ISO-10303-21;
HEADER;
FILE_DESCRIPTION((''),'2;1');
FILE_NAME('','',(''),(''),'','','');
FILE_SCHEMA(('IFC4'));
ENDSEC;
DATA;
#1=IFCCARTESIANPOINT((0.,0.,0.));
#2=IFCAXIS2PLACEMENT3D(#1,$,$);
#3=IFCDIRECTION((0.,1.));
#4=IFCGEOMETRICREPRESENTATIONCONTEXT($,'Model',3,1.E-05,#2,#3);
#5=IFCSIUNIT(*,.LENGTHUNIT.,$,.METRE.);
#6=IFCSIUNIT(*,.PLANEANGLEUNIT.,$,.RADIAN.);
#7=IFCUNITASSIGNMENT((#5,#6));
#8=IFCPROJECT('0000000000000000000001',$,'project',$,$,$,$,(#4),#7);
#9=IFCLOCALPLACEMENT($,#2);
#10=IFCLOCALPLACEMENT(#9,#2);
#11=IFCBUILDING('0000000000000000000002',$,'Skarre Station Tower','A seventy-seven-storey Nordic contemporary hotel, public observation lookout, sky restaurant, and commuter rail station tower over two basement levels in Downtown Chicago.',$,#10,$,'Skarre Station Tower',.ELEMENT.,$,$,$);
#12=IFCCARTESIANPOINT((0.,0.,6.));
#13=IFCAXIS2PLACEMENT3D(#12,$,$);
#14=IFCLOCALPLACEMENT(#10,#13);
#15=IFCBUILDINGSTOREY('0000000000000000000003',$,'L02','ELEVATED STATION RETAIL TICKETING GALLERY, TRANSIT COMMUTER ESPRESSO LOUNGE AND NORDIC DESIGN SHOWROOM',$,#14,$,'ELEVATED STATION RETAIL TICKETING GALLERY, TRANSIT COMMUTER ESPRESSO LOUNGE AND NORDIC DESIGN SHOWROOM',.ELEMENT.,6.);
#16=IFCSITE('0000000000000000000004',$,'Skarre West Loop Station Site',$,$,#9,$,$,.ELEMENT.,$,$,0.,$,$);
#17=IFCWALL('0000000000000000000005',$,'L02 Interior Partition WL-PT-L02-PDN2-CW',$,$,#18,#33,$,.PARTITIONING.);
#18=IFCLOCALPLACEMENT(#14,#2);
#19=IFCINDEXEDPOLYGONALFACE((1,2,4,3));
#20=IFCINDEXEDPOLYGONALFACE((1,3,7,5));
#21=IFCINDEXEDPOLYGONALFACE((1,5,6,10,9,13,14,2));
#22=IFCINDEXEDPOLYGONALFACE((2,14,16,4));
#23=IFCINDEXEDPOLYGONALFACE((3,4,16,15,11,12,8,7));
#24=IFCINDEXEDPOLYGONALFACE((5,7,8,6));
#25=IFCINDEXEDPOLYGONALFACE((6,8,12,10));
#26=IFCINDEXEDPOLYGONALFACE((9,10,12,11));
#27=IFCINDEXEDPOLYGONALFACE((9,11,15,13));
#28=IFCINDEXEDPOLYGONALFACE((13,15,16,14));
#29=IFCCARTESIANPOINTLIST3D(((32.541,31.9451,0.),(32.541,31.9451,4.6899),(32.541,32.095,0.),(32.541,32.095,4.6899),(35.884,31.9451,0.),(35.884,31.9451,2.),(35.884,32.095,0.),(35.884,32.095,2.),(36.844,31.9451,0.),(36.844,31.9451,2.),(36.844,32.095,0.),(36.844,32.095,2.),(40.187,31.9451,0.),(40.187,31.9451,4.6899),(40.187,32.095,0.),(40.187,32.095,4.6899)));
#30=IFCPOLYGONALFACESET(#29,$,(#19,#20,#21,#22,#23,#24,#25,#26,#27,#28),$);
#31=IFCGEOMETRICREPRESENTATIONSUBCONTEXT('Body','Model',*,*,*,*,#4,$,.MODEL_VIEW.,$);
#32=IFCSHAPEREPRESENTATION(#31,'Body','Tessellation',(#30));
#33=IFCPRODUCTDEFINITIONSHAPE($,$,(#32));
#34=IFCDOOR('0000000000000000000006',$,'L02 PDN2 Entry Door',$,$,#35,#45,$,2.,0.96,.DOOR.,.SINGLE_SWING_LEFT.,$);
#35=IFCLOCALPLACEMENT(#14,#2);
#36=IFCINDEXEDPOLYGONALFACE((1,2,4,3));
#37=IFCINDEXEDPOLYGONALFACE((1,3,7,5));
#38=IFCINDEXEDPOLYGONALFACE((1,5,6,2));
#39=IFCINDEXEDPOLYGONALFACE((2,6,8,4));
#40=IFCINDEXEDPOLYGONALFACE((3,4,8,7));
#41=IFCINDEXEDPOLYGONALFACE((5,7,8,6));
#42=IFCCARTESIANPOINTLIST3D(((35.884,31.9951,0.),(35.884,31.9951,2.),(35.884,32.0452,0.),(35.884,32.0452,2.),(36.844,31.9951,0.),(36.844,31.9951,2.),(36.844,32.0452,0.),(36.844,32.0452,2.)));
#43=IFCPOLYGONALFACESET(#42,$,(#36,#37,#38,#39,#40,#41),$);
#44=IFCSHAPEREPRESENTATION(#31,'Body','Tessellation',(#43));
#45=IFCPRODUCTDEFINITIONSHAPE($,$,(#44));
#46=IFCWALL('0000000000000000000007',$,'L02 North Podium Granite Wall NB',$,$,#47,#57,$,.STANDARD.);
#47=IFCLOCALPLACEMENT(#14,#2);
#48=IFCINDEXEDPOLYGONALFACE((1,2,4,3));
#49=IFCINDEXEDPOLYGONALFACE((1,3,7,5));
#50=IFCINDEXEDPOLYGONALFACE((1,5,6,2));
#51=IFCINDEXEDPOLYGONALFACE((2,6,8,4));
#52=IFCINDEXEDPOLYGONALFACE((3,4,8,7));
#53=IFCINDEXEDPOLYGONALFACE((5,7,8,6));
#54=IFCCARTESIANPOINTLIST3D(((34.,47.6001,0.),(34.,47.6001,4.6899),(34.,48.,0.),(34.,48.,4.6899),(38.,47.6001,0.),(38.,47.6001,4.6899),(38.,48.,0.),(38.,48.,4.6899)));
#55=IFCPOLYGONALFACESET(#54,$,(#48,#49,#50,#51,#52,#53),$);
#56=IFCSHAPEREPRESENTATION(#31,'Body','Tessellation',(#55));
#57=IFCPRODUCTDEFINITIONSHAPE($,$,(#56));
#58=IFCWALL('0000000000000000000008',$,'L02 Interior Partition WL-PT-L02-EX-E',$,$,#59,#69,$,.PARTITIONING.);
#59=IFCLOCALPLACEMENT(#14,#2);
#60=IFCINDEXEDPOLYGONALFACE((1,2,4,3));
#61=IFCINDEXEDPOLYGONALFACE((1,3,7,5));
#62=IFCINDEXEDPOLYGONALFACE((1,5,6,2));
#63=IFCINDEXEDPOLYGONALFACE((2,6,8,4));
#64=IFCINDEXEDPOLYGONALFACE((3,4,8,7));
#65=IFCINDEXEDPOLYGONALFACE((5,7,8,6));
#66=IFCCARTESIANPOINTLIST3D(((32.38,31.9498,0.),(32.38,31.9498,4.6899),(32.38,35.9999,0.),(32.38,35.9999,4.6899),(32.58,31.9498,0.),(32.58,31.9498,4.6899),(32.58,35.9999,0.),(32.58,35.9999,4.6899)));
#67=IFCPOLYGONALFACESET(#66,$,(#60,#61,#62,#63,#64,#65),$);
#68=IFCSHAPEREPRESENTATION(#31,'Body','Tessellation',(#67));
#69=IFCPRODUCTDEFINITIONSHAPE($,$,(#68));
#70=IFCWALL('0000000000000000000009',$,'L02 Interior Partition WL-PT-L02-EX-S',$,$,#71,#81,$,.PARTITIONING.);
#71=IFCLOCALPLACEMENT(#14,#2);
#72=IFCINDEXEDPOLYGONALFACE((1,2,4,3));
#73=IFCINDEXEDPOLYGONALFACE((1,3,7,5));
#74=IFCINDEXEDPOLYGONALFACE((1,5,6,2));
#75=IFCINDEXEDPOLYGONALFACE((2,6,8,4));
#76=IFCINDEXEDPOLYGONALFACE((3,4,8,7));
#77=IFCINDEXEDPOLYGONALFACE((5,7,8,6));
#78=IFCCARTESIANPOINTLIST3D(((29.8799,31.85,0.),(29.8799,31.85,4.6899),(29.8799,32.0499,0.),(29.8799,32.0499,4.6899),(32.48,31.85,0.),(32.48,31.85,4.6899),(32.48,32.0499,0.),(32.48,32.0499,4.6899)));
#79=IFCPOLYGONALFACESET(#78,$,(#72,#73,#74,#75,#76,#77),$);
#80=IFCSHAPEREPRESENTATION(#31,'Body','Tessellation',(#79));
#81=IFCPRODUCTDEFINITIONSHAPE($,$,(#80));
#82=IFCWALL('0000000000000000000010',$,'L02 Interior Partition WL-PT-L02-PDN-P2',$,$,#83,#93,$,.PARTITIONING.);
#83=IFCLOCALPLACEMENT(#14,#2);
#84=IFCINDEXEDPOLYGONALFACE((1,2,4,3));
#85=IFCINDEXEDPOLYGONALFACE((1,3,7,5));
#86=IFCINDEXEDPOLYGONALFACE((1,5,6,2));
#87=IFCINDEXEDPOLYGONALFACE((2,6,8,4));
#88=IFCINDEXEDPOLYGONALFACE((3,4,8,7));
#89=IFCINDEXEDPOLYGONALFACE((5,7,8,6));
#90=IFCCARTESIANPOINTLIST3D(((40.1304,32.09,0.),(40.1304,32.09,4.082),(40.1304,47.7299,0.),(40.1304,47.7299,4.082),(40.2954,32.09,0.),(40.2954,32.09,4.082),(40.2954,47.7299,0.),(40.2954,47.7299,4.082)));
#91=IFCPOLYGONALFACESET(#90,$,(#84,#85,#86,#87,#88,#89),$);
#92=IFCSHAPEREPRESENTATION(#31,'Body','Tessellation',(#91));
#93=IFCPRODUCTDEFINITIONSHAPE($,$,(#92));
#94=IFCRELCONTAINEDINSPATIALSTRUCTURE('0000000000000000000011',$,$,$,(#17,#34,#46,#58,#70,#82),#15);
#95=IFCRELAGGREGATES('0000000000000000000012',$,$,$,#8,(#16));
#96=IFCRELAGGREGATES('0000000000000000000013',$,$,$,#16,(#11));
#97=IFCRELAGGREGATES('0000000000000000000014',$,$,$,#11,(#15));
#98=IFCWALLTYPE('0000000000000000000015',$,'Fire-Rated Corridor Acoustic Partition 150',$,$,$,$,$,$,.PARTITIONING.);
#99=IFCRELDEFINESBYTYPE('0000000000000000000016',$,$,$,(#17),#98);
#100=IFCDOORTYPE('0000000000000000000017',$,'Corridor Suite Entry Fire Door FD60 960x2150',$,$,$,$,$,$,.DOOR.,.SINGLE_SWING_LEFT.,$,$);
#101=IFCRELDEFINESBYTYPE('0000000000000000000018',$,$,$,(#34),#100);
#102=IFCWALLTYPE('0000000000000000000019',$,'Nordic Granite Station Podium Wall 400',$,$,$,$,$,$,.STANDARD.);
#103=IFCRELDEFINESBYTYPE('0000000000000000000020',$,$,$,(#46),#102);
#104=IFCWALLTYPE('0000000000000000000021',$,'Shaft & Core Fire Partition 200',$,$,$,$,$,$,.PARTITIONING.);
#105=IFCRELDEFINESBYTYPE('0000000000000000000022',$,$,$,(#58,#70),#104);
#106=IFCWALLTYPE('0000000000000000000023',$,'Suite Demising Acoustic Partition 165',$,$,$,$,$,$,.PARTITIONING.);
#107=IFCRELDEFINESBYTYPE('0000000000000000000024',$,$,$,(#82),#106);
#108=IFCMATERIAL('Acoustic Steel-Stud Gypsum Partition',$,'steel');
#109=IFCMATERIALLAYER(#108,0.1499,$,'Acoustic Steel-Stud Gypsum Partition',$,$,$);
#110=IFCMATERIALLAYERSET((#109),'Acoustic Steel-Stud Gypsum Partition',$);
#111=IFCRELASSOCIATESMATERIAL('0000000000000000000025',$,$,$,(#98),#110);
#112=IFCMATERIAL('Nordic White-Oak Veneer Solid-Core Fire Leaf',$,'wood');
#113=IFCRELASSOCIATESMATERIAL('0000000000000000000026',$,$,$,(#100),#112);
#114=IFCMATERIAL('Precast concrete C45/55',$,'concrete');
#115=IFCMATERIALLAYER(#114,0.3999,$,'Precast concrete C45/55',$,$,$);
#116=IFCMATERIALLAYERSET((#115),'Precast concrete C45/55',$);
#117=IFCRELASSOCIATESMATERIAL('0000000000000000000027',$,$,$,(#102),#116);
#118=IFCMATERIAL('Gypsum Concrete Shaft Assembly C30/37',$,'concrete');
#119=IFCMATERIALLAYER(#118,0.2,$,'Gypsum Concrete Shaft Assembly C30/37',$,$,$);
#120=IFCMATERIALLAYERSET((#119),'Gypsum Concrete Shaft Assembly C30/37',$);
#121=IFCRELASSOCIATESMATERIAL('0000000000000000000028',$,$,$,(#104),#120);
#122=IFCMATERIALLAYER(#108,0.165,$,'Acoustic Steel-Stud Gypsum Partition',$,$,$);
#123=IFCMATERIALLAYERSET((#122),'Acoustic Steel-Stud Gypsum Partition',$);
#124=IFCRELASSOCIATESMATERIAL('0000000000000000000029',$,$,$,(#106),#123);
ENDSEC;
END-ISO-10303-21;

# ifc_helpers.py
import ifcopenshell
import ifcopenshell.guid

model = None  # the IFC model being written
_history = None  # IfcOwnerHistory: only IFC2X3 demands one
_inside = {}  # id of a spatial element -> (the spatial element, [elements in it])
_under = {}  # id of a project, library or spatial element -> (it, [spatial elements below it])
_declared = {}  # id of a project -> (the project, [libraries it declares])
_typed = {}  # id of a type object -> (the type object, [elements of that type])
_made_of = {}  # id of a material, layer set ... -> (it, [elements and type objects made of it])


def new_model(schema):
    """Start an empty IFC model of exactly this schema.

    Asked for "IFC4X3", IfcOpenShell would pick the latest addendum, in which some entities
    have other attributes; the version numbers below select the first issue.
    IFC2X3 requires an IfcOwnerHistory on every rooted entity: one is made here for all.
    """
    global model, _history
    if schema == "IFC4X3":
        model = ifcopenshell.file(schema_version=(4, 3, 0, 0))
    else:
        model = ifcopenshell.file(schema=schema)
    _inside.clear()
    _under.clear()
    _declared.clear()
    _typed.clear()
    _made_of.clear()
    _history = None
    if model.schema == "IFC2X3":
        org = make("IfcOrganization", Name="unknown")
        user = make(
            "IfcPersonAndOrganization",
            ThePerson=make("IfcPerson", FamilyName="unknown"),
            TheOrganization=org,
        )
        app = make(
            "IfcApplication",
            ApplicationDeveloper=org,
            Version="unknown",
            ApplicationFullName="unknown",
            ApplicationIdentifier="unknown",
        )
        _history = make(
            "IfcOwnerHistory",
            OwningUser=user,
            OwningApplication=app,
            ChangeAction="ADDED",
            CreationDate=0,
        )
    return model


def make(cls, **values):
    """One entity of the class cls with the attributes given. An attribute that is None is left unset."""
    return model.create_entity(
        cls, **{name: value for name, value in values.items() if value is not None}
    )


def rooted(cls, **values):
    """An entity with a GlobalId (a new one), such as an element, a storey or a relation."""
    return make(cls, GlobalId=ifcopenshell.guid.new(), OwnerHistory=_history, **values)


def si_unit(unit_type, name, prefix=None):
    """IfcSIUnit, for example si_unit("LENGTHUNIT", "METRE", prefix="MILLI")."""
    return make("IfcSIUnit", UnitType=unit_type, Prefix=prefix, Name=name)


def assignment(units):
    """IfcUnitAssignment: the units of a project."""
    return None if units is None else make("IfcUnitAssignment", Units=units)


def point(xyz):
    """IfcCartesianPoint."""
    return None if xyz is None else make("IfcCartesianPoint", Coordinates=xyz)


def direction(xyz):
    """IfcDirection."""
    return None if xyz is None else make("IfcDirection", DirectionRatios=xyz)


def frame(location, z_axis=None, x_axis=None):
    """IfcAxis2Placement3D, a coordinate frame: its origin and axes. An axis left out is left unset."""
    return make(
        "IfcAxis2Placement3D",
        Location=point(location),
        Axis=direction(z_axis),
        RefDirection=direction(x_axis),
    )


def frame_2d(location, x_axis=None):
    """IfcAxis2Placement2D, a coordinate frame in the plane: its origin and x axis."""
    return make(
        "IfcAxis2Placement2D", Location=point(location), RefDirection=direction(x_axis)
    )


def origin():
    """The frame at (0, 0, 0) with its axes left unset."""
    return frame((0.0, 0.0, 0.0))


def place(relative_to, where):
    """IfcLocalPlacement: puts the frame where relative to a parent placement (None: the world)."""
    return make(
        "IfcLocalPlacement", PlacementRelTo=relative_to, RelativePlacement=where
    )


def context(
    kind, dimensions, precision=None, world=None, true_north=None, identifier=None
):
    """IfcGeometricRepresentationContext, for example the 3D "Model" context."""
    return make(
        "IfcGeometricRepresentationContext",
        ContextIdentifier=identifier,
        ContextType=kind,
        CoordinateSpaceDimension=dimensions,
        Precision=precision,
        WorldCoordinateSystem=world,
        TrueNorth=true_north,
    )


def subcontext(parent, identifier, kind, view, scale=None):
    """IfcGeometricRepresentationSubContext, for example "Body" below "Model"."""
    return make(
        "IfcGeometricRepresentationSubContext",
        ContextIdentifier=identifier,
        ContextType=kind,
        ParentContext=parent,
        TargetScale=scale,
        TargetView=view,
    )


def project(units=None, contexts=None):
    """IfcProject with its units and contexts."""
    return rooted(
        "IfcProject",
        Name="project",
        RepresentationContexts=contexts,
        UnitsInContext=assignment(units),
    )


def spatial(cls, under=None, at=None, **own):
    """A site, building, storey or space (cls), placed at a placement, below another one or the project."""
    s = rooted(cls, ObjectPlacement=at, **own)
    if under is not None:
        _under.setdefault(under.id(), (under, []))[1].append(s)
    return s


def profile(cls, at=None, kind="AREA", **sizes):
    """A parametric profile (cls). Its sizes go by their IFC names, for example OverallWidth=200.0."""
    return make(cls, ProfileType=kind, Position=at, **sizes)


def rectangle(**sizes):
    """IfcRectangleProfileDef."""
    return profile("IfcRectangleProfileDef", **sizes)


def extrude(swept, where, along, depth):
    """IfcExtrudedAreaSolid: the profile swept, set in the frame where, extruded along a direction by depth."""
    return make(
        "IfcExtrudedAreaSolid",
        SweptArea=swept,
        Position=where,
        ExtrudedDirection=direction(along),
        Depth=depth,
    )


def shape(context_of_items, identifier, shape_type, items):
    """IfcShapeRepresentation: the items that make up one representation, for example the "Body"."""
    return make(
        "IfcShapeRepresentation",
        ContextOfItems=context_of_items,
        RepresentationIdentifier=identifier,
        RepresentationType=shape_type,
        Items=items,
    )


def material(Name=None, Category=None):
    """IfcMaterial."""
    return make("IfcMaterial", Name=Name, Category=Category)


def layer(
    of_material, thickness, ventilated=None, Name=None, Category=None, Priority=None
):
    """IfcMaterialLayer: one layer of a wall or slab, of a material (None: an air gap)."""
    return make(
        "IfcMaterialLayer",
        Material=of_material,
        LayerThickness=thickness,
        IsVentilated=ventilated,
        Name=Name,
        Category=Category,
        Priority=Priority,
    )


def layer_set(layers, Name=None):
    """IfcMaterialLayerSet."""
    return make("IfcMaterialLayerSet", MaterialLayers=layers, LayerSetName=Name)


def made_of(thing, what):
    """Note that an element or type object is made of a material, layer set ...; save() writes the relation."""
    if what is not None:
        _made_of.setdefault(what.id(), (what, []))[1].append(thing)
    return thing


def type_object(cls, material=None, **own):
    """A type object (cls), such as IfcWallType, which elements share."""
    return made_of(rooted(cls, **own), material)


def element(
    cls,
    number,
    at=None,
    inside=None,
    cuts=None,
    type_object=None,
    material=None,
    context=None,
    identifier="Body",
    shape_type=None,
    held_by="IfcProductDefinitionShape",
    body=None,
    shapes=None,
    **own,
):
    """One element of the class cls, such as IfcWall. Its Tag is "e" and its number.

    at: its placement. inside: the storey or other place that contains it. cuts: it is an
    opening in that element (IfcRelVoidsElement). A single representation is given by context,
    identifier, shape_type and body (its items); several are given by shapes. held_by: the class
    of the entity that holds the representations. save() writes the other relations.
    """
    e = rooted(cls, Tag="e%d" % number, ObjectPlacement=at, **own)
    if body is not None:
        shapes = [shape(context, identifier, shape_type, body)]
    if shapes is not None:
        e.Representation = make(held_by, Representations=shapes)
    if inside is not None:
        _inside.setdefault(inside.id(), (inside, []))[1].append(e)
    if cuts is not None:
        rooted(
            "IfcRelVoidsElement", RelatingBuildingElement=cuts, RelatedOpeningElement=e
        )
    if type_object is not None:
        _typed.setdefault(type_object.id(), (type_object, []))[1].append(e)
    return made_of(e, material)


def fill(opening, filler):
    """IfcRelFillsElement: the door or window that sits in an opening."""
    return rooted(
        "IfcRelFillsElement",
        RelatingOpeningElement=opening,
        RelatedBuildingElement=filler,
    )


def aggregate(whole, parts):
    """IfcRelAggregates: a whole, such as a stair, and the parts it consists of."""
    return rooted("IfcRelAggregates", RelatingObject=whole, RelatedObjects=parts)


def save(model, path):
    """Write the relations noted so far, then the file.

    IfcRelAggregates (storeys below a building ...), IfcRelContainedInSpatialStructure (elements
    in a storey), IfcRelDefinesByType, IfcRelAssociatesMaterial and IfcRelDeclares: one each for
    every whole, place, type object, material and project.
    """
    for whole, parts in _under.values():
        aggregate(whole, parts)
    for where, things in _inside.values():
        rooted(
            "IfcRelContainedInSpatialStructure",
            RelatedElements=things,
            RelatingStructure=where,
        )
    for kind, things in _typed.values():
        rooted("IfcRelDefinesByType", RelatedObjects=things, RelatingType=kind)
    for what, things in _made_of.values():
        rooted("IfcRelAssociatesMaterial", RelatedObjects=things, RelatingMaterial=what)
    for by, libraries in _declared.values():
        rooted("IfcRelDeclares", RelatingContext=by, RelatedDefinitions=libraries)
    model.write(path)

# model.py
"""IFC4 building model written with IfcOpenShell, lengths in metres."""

from ifc_helpers import new_model, si_unit, direction, frame, frame_2d, origin, place, context, subcontext, project, spatial, rectangle, extrude, material, layer, layer_set, type_object, element, fill, save


model = new_model("IFC4")

# Units and contexts
model_context = context("Model", 3, precision=1e-05, world=origin(), true_north=direction((0.0, 1.0)))
body_context = subcontext(model_context, "Body", "Model", "MODEL_VIEW")
ifc_project = project(units=[si_unit("LENGTHUNIT", "METRE"), si_unit("PLANEANGLEUNIT", "RADIAN")], contexts=[model_context])

# Site, building, storey
site_placement = place(None, origin())
site = spatial("IfcSite", under=ifc_project, at=site_placement, Name="Skarre West Loop Station Site", CompositionType="ELEMENT", RefElevation=0.0)
building_placement = place(site_placement, origin())
building = spatial("IfcBuilding", under=site, at=building_placement, Name="Skarre Station Tower", Description="A seventy-seven-storey Nordic contemporary hotel, public observation lookout, sky restaurant, and commuter rail station tower over two basement levels in Downtown Chicago.", LongName="Skarre Station Tower", CompositionType="ELEMENT")
storey_placement = place(building_placement, frame((0.0, 0.0, 6.0)))
storey = spatial("IfcBuildingStorey", under=building, at=storey_placement, Name="L02", Description="ELEVATED STATION RETAIL TICKETING GALLERY, TRANSIT COMMUTER ESPRESSO LOUNGE AND NORDIC DESIGN SHOWROOM", LongName="ELEVATED STATION RETAIL TICKETING GALLERY, TRANSIT COMMUTER ESPRESSO LOUNGE AND NORDIC DESIGN SHOWROOM", CompositionType="ELEMENT", Elevation=6.0)

# Wall, opening, door
ifc_material_1 = material(Name="Acoustic Steel-Stud Gypsum Partition", Category="steel")
ifc_layer_1 = layer(ifc_material_1, 0.1499, Name="Acoustic Steel-Stud Gypsum Partition")
ifc_layer_set_1 = layer_set([ifc_layer_1], Name="Acoustic Steel-Stud Gypsum Partition")
wall_type_1 = type_object("IfcWallType", Name="Fire-Rated Corridor Acoustic Partition 150", PredefinedType="PARTITIONING", material=ifc_layer_set_1)
wall_1_placement = place(storey_placement, frame((40.187, 32.02, 0.0), z_axis=(0.0, 0.0, 1.0), x_axis=(-1.0, 0.0, 0.0)))
wall_1 = element("IfcWall", 1, at=wall_1_placement, inside=storey, type_object=wall_type_1, Name="L02 Interior Partition WL-PT-L02-PDN2-CW", PredefinedType="PARTITIONING", context=body_context, shape_type="SweptSolid", body=[
    extrude(rectangle(XDim=7.646, YDim=0.1499, at=frame_2d((3.823, 0.0))), origin(), (0.0, 0.0, 1.0), 4.6899),
])
opening_placement = place(wall_1_placement, frame((3.343, 0.0, 0.0)))
opening = element("IfcOpeningElement", 2, at=opening_placement, cuts=wall_1, PredefinedType="OPENING", context=body_context, shape_type="SweptSolid", body=[
    extrude(rectangle(XDim=0.96, YDim=2.0, at=frame_2d((0.48, 1.0))), frame((0.0, 0.085, 0.0), z_axis=(0.0, -1.0, 0.0), x_axis=(1.0, 0.0, 0.0)), (0.0, 0.0, 1.0), 0.1699),
])
ifc_material_2 = material(Name="Nordic White-Oak Veneer Solid-Core Fire Leaf", Category="wood")
door_type = type_object("IfcDoorType", Name="Corridor Suite Entry Fire Door FD60 960x2150", OperationType="SINGLE_SWING_LEFT", PredefinedType="DOOR", material=ifc_material_2)
door_placement = place(opening_placement, origin())
door = element("IfcDoor", 3, at=door_placement, inside=storey, type_object=door_type, Name="L02 PDN2 Entry Door", OperationType="SINGLE_SWING_LEFT", OverallHeight=2.0, OverallWidth=0.96, PredefinedType="DOOR", context=body_context, shape_type="SweptSolid", body=[
    extrude(rectangle(XDim=0.96, YDim=2.0, at=frame_2d((0.48, 1.0))), frame((0.0, 0.0249, 0.0), z_axis=(0.0, -1.0, 0.0), x_axis=(1.0, 0.0, 0.0)), (0.0, 0.0, 1.0), 0.05),
])
fill(opening, door)

# Walls
ifc_material_3 = material(Name="Precast concrete C45/55", Category="concrete")
ifc_layer_2 = layer(ifc_material_3, 0.3999, Name="Precast concrete C45/55")
ifc_layer_set_2 = layer_set([ifc_layer_2], Name="Precast concrete C45/55")
wall_type_2 = type_object("IfcWallType", Name="Nordic Granite Station Podium Wall 400", PredefinedType="STANDARD", material=ifc_layer_set_2)
wall_2_placement = place(storey_placement, frame((34.0, 47.8, 0.0), z_axis=(0.0, 0.0, 1.0), x_axis=(1.0, 0.0, 0.0)))
element("IfcWall", 4, at=wall_2_placement, inside=storey, type_object=wall_type_2, Name="L02 North Podium Granite Wall NB", PredefinedType="STANDARD", context=body_context, shape_type="SweptSolid", body=[
    extrude(rectangle(XDim=4.0, YDim=0.3999, at=frame_2d((2.0, 0.0))), origin(), (0.0, 0.0, 1.0), 4.6899),
])
ifc_material_4 = material(Name="Gypsum Concrete Shaft Assembly C30/37", Category="concrete")
ifc_layer_3 = layer(ifc_material_4, 0.2, Name="Gypsum Concrete Shaft Assembly C30/37")
ifc_layer_set_3 = layer_set([ifc_layer_3], Name="Gypsum Concrete Shaft Assembly C30/37")
wall_type_3 = type_object("IfcWallType", Name="Shaft & Core Fire Partition 200", PredefinedType="PARTITIONING", material=ifc_layer_set_3)
wall_3_placement = place(storey_placement, frame((32.48, 31.95, 0.0), z_axis=(0.0, 0.0, 1.0), x_axis=(0.0, 1.0, 0.0)))
element("IfcWall", 5, at=wall_3_placement, inside=storey, type_object=wall_type_3, Name="L02 Interior Partition WL-PT-L02-EX-E", PredefinedType="PARTITIONING", context=body_context, shape_type="SweptSolid", body=[
    extrude(rectangle(XDim=4.05, YDim=0.2, at=frame_2d((2.0249, 0.0))), origin(), (0.0, 0.0, 1.0), 4.6899),
])
wall_4_placement = place(storey_placement, frame((32.48, 31.95, 0.0), z_axis=(0.0, 0.0, 1.0), x_axis=(-1.0, 0.0, 0.0)))
element("IfcWall", 6, at=wall_4_placement, inside=storey, type_object=wall_type_3, Name="L02 Interior Partition WL-PT-L02-EX-S", PredefinedType="PARTITIONING", context=body_context, shape_type="SweptSolid", body=[
    extrude(rectangle(XDim=2.6001, YDim=0.2, at=frame_2d((1.3, 0.0))), origin(), (0.0, 0.0, 1.0), 4.6899),
])
ifc_layer_4 = layer(ifc_material_1, 0.165, Name="Acoustic Steel-Stud Gypsum Partition")
ifc_layer_set_4 = layer_set([ifc_layer_4], Name="Acoustic Steel-Stud Gypsum Partition")
wall_type_4 = type_object("IfcWallType", Name="Suite Demising Acoustic Partition 165", PredefinedType="PARTITIONING", material=ifc_layer_set_4)
wall_5_placement = place(storey_placement, frame((40.2129, 32.0901, 0.0), z_axis=(0.0, 0.0, 1.0), x_axis=(0.0, 1.0, 0.0)))
element("IfcWall", 7, at=wall_5_placement, inside=storey, type_object=wall_type_4, Name="L02 Interior Partition WL-PT-L02-PDN-P2", PredefinedType="PARTITIONING", context=body_context, shape_type="SweptSolid", body=[
    extrude(rectangle(XDim=15.6399, YDim=0.165, at=frame_2d((7.8198, 0.0))), origin(), (0.0, 0.0, 1.0), 4.082),
])

save(model, "model.ifc")
